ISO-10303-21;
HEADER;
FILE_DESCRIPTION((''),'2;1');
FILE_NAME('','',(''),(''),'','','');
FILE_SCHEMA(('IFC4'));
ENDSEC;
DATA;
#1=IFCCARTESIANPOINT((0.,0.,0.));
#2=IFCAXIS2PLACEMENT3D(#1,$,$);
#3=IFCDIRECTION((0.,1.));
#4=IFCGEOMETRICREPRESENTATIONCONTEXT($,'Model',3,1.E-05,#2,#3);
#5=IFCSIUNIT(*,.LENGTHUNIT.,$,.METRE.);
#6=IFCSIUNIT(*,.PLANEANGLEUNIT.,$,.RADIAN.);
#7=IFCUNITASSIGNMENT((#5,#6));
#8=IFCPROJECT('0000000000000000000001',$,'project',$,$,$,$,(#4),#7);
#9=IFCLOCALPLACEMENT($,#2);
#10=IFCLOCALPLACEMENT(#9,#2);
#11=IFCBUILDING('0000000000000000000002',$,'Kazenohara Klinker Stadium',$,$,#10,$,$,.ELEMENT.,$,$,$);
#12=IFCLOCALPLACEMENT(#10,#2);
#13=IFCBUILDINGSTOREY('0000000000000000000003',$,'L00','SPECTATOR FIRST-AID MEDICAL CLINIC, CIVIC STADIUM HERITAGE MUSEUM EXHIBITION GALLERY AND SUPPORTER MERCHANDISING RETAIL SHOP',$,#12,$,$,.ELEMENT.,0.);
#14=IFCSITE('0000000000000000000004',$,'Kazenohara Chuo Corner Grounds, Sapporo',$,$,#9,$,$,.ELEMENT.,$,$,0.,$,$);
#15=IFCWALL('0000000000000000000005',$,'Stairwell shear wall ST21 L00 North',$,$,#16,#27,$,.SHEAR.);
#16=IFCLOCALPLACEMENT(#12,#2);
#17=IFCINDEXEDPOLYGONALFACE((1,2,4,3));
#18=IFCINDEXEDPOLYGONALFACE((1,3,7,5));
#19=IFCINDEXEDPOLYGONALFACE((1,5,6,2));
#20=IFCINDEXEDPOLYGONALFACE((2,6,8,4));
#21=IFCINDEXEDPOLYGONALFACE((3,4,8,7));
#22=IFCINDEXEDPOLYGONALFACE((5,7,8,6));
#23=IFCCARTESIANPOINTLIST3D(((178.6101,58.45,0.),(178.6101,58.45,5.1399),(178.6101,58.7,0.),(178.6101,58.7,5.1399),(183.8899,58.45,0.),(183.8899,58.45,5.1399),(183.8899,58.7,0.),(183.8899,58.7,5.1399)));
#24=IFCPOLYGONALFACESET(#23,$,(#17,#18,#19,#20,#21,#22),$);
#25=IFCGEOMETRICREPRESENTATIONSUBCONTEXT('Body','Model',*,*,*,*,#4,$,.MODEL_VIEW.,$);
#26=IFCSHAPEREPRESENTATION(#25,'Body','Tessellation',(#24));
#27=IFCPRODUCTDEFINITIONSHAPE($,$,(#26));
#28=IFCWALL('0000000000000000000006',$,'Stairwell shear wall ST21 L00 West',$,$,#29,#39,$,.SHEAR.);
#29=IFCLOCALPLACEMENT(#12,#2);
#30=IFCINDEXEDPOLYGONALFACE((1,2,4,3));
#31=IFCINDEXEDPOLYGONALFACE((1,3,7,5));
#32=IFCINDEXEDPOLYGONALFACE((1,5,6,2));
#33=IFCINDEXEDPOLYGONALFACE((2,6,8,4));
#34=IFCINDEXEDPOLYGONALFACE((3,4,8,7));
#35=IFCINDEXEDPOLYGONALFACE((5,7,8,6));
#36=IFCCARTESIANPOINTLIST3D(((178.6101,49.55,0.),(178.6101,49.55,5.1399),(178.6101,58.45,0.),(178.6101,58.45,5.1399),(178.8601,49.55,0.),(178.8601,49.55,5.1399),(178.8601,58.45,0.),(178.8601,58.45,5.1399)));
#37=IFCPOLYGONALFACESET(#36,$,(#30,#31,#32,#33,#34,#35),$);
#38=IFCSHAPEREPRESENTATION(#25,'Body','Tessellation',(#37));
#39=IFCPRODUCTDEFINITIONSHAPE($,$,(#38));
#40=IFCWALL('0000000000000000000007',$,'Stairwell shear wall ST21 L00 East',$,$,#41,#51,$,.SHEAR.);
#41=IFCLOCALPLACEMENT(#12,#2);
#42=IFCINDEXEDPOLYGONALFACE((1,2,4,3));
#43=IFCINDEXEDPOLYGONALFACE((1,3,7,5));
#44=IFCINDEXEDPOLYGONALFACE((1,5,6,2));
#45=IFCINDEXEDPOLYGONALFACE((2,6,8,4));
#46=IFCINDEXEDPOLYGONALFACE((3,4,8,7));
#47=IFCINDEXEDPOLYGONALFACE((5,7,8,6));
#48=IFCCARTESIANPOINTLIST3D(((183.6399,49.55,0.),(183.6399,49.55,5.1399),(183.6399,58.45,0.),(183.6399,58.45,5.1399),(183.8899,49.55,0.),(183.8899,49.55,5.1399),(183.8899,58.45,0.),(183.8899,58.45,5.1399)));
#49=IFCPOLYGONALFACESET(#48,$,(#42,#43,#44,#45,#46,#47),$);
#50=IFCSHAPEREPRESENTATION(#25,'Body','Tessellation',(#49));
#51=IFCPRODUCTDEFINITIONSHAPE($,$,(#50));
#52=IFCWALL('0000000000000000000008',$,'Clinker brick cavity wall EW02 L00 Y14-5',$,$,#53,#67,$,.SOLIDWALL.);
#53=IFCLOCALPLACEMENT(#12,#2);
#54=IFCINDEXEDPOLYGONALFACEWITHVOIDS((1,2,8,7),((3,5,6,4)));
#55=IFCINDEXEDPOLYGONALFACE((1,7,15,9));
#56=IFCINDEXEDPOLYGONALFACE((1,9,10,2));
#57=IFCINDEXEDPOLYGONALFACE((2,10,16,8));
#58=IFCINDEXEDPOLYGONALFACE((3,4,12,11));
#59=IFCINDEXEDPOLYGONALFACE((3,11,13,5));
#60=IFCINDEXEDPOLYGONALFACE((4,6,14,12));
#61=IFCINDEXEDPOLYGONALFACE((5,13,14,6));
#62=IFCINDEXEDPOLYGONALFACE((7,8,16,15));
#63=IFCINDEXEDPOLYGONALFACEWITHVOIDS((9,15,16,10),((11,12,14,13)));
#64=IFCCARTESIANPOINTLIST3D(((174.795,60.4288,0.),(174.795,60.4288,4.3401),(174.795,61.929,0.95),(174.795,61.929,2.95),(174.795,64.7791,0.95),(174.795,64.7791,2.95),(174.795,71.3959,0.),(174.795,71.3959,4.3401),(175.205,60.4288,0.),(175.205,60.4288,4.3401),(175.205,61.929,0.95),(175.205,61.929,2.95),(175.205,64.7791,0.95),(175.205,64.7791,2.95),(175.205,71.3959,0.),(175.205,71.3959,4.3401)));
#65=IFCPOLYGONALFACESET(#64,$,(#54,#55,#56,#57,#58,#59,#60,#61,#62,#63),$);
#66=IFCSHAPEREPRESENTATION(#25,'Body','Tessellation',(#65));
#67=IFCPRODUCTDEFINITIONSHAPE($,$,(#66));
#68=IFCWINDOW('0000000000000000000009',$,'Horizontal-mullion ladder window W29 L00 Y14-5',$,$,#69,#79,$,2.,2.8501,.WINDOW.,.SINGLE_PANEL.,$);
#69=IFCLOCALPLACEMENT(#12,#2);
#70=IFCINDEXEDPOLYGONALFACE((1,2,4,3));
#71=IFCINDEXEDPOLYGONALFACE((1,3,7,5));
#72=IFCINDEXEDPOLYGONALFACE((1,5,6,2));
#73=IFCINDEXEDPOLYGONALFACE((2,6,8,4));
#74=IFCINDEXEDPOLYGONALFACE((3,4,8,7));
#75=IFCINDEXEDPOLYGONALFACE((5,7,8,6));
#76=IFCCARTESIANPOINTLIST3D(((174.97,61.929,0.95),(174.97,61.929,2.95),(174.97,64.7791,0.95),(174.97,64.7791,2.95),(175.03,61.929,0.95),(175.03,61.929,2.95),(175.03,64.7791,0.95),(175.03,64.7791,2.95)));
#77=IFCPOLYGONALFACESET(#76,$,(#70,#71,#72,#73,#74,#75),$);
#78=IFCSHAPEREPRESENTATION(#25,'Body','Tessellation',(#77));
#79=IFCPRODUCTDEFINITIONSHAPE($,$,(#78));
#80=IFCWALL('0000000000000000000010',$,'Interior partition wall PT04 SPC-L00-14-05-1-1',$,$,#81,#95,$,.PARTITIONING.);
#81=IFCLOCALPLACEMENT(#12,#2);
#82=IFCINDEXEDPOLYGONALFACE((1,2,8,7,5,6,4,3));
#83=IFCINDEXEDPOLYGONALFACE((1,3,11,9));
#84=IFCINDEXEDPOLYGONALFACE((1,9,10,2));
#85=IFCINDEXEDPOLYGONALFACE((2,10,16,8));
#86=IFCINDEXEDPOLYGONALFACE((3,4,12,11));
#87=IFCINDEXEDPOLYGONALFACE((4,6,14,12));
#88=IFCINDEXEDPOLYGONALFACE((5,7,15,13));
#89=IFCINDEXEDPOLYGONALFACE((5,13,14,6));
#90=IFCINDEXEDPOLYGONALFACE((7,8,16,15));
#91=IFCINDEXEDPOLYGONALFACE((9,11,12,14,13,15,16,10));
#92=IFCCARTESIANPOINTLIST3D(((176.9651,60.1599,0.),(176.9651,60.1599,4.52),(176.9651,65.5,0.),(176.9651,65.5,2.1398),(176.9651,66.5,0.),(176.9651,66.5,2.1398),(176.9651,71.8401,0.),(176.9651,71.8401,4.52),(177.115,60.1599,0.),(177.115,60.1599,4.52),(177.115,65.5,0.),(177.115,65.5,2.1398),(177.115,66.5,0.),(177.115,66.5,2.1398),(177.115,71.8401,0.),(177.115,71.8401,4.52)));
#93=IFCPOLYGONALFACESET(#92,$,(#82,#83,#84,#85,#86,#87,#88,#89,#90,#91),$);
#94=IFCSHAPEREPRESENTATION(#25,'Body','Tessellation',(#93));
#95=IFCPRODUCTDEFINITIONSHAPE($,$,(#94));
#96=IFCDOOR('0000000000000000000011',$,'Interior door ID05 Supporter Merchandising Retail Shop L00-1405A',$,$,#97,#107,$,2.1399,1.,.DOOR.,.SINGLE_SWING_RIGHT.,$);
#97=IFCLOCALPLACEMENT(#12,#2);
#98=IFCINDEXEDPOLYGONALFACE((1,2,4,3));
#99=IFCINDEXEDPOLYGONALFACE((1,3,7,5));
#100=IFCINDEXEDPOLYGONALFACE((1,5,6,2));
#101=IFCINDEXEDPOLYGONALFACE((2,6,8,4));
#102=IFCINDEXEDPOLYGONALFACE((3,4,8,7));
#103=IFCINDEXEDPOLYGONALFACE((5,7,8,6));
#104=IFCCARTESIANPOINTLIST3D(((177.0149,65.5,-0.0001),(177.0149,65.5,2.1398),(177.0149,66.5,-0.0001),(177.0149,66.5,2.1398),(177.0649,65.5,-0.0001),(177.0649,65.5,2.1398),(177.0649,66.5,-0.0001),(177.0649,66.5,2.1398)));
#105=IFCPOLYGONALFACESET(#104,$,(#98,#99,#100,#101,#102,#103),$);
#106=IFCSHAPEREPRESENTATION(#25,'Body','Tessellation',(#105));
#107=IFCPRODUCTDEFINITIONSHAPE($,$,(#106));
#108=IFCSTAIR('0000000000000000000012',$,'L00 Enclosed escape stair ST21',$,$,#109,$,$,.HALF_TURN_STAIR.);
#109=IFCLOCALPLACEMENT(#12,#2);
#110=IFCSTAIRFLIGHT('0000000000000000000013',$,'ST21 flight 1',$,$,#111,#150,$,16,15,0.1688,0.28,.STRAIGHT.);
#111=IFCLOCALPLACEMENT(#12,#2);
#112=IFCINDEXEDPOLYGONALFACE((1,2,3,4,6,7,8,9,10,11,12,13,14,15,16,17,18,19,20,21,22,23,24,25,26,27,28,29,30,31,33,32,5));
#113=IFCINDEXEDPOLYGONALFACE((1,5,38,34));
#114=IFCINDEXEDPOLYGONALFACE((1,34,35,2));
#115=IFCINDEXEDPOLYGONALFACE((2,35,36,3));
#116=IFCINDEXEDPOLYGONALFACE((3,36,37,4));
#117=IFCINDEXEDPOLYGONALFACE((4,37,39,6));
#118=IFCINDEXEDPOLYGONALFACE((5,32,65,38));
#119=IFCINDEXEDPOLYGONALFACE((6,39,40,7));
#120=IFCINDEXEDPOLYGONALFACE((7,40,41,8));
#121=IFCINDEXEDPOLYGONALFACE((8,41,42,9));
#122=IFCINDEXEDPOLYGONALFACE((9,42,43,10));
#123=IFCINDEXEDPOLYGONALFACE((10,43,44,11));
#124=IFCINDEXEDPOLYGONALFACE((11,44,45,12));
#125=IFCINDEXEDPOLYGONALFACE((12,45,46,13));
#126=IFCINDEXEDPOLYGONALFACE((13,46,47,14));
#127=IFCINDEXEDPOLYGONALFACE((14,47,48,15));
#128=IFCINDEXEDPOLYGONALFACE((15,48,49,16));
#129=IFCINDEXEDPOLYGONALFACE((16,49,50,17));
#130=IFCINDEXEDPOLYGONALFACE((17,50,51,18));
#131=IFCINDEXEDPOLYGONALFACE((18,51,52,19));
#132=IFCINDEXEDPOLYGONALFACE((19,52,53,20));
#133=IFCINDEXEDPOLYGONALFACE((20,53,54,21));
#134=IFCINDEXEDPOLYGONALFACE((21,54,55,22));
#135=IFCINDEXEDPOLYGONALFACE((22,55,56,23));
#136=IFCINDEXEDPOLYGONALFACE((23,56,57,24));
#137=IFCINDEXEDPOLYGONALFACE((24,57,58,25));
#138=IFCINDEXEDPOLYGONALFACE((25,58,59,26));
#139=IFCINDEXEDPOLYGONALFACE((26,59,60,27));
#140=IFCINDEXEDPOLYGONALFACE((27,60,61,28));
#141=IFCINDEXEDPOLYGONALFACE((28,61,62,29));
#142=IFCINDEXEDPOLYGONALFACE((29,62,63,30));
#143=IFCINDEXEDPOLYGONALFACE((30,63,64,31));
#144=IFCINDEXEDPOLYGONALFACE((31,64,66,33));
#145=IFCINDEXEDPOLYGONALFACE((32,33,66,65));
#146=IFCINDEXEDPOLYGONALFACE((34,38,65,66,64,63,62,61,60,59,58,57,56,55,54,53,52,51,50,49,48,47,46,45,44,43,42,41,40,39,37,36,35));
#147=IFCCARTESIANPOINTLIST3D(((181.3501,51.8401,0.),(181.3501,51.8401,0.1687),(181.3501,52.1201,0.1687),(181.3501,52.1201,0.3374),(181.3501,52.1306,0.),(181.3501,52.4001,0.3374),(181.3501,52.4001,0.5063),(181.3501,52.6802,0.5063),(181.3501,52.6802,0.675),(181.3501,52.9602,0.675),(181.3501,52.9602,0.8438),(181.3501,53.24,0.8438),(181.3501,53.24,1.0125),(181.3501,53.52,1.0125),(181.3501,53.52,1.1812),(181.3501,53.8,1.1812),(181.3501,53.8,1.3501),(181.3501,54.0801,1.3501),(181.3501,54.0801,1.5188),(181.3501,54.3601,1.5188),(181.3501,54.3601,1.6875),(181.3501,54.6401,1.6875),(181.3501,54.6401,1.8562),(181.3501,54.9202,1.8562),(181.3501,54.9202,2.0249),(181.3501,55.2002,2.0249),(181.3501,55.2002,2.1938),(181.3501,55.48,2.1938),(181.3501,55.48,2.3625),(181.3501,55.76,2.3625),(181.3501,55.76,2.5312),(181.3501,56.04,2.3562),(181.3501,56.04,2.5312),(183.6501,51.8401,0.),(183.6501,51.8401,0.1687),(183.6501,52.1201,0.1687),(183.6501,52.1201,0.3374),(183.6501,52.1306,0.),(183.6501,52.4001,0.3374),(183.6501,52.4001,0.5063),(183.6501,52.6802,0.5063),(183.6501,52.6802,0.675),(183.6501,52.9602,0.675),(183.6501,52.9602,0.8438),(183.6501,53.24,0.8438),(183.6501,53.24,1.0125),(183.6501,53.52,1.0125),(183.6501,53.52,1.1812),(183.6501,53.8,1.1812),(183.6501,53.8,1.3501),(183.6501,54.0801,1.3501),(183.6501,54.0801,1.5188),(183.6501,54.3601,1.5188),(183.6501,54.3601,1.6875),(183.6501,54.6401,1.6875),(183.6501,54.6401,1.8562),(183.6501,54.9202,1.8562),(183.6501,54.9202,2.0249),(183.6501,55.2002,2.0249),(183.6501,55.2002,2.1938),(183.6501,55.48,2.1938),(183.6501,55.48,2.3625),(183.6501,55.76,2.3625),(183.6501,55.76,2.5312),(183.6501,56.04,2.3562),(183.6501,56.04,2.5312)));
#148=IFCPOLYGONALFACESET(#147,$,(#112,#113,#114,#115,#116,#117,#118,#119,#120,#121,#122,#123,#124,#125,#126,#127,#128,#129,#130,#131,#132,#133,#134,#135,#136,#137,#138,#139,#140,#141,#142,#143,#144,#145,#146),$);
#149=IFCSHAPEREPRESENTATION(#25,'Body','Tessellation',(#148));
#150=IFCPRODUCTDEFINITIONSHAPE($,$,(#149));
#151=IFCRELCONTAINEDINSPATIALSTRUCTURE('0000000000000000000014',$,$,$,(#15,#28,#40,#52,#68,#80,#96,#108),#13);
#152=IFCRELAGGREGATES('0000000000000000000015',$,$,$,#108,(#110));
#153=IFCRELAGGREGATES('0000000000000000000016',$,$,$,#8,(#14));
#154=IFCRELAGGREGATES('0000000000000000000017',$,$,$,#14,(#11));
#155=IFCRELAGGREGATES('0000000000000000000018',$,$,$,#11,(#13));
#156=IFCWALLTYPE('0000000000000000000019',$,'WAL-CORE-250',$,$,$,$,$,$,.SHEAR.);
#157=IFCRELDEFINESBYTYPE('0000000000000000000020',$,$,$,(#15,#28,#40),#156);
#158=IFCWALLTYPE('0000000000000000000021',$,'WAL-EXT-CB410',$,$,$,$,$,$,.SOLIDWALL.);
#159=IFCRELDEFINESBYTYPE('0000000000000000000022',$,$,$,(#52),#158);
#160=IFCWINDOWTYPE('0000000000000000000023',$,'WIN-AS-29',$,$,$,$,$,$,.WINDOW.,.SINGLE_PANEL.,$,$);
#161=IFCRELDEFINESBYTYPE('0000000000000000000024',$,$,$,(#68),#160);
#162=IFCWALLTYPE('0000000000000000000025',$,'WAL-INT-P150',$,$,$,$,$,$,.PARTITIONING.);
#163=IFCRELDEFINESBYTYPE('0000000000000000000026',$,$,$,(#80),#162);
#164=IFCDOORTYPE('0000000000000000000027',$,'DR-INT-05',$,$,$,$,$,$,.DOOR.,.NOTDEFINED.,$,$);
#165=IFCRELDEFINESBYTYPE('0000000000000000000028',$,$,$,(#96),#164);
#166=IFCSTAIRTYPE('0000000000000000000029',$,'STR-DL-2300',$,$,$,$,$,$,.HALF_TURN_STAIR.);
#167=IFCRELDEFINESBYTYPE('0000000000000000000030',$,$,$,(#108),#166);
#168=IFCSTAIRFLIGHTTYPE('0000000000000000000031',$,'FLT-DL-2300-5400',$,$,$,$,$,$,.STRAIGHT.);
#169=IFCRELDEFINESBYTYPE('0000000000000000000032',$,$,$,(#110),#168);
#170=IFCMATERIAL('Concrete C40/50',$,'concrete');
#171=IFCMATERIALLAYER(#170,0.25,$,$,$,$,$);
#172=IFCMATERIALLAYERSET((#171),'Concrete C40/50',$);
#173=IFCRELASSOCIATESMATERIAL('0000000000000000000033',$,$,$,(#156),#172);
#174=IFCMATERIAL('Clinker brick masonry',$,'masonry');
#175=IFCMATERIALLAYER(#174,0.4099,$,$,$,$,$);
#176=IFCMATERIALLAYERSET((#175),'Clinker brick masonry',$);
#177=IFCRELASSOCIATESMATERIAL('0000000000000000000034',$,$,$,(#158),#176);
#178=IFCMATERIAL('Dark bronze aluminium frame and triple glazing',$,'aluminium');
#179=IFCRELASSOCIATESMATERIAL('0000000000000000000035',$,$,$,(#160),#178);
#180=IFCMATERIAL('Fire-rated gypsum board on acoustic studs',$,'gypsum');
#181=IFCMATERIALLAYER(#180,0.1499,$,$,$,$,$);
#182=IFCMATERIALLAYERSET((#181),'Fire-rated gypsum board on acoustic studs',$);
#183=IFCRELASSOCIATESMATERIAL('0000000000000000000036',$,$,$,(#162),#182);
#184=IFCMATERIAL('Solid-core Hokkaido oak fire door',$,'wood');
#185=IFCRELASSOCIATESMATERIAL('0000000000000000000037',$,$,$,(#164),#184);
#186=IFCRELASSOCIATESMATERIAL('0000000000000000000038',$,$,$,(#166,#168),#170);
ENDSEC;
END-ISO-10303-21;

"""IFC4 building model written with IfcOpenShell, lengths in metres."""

from ifc_helpers import new_model, si_unit, direction, frame, frame_2d, origin, place, context, subcontext, project, spatial, polyline, rectangle, outline, extrude, material, layer, layer_set, type_object, element, fill, aggregate, save


model = new_model("IFC4")

# Units and contexts
model_context = context("Model", 3, precision=1e-05, world=origin(), true_north=direction((0.0, 1.0)))
body_context = subcontext(model_context, "Body", "Model", "MODEL_VIEW")
ifc_project = project(units=[si_unit("LENGTHUNIT", "METRE"), si_unit("PLANEANGLEUNIT", "RADIAN")], contexts=[model_context])

# Site, building, storey
site_placement = place(None, origin())
site = spatial("IfcSite", under=ifc_project, at=site_placement, Name="Kazenohara Chuo Corner Grounds, Sapporo", CompositionType="ELEMENT", RefElevation=0.0)
building_placement = place(site_placement, origin())
building = spatial("IfcBuilding", under=site, at=building_placement, Name="Kazenohara Klinker Stadium", CompositionType="ELEMENT")
storey_placement = place(building_placement, origin())
storey = spatial("IfcBuildingStorey", under=building, at=storey_placement, Name="L00", Description="SPECTATOR FIRST-AID MEDICAL CLINIC, CIVIC STADIUM HERITAGE MUSEUM EXHIBITION GALLERY AND SUPPORTER MERCHANDISING RETAIL SHOP", CompositionType="ELEMENT", Elevation=0.0)

# Shared definitions
ifc_material_1 = material(Name="Concrete C40/50", Category="concrete")

# Shared definitions
ifc_layer_1 = layer(ifc_material_1, 0.25)
ifc_layer_set_1 = layer_set([ifc_layer_1], Name="Concrete C40/50")
wall_type_1 = type_object("IfcWallType", Name="WAL-CORE-250", PredefinedType="SHEAR", material=ifc_layer_set_1)

# Walls
wall_1_placement = place(storey_placement, frame((178.6101, 58.575, 0.0), z_axis=(0.0, 0.0, 1.0), x_axis=(1.0, 0.0, 0.0)))
element("IfcWall", 1, at=wall_1_placement, inside=storey, type_object=wall_type_1, Name="Stairwell shear wall ST21 L00 North", PredefinedType="SHEAR", context=body_context, shape_type="SweptSolid", body=[
    extrude(rectangle(XDim=5.2798, YDim=0.25, at=frame_2d((2.6399, 0.0))), origin(), (0.0, 0.0, 1.0), 5.1399),
])
for number, where, z_axis, x_axis, name in (
    (2, (178.7351, 49.55, 0.0), (0.0, 0.0, 1.0), (0.0, 1.0, 0.0), "Stairwell shear wall ST21 L00 West"),
    (3, (183.7649, 49.55, 0.0), (0.0, 0.0, 1.0), (0.0, 1.0, 0.0), "Stairwell shear wall ST21 L00 East"),
):
    element("IfcWall", number, at=place(storey_placement, frame(where, z_axis=z_axis, x_axis=x_axis)), inside=storey, type_object=wall_type_1, Name=name, PredefinedType="SHEAR", context=body_context, shape_type="SweptSolid", body=[
        extrude(rectangle(XDim=8.8999, YDim=0.25, at=frame_2d((4.45, 0.0))), origin(), (0.0, 0.0, 1.0), 5.1399),
    ])

# Wall, opening, window
ifc_material_2 = material(Name="Clinker brick masonry", Category="masonry")
ifc_layer_2 = layer(ifc_material_2, 0.4099)
ifc_layer_set_2 = layer_set([ifc_layer_2], Name="Clinker brick masonry")
wall_type_2 = type_object("IfcWallType", Name="WAL-EXT-CB410", PredefinedType="SOLIDWALL", material=ifc_layer_set_2)
wall_2_placement = place(storey_placement, frame((175.0, 60.429, 0.0), z_axis=(0.0, 0.0, 1.0), x_axis=(0.0, 1.0, 0.0)))
wall_2 = element("IfcWall", 4, at=wall_2_placement, inside=storey, type_object=wall_type_2, Name="Clinker brick cavity wall EW02 L00 Y14-5", PredefinedType="SOLIDWALL", context=body_context, shape_type="SweptSolid", body=[
    extrude(rectangle(XDim=10.967, YDim=0.4099, at=frame_2d((5.4834, 0.0))), origin(), (0.0, 0.0, 1.0), 4.3401),
])
opening_1_placement = place(wall_2_placement, frame((1.5, 0.0, 0.95)))
opening_1 = element("IfcOpeningElement", 5, at=opening_1_placement, cuts=wall_2, PredefinedType="OPENING", context=body_context, shape_type="SweptSolid", body=[
    extrude(rectangle(XDim=2.8501, YDim=2.0, at=frame_2d((1.425, 1.0))), frame((0.0, 0.2148, 0.0), z_axis=(0.0, -1.0, 0.0), x_axis=(1.0, 0.0, 0.0)), (0.0, 0.0, 1.0), 0.4299),
])
ifc_material_3 = material(Name="Dark bronze aluminium frame and triple glazing", Category="aluminium")
window_type = type_object("IfcWindowType", Name="WIN-AS-29", PartitioningType="SINGLE_PANEL", PredefinedType="WINDOW", material=ifc_material_3)
window_placement = place(opening_1_placement, origin())
window = element("IfcWindow", 6, at=window_placement, inside=storey, type_object=window_type, Name="Horizontal-mullion ladder window W29 L00 Y14-5", OverallHeight=2.0, OverallWidth=2.8501, PartitioningType="SINGLE_PANEL", PredefinedType="WINDOW", context=body_context, shape_type="SweptSolid", body=[
    extrude(rectangle(XDim=2.8501, YDim=2.0, at=frame_2d((1.425, 1.0))), frame((0.0, 0.03, 0.0), z_axis=(0.0, -1.0, 0.0), x_axis=(1.0, 0.0, 0.0)), (0.0, 0.0, 1.0), 0.0601),
])
fill(opening_1, window)

# Wall, opening, door
ifc_material_4 = material(Name="Fire-rated gypsum board on acoustic studs", Category="gypsum")
ifc_layer_3 = layer(ifc_material_4, 0.1499)
ifc_layer_set_3 = layer_set([ifc_layer_3], Name="Fire-rated gypsum board on acoustic studs")
wall_type_3 = type_object("IfcWallType", Name="WAL-INT-P150", PredefinedType="PARTITIONING", material=ifc_layer_set_3)
wall_3_placement = place(storey_placement, frame((177.04, 60.1599, 0.0), z_axis=(0.0, 0.0, 1.0), x_axis=(0.0, 1.0, 0.0)))
wall_3 = element("IfcWall", 7, at=wall_3_placement, inside=storey, type_object=wall_type_3, Name="Interior partition wall PT04 SPC-L00-14-05-1-1", PredefinedType="PARTITIONING", context=body_context, shape_type="SweptSolid", body=[
    extrude(rectangle(XDim=11.6802, YDim=0.1499, at=frame_2d((5.8401, 0.0))), origin(), (0.0, 0.0, 1.0), 4.52),
])
opening_2_placement = place(wall_3_placement, frame((6.3401, 0.0, 0.0), z_axis=(0.0, 0.0, 1.0), x_axis=(-1.0, 0.0, 0.0)))
opening_2 = element("IfcOpeningElement", 8, at=opening_2_placement, cuts=wall_3, PredefinedType="OPENING", context=body_context, shape_type="SweptSolid", body=[
    extrude(rectangle(XDim=1.0, YDim=2.1399, at=frame_2d((0.5, 1.0698))), frame((0.0, 0.085, 0.0), z_axis=(0.0, -1.0, 0.0), x_axis=(1.0, 0.0, 0.0)), (0.0, 0.0, 1.0), 0.1699),
])
ifc_material_5 = material(Name="Solid-core Hokkaido oak fire door", Category="wood")
door_type_1 = type_object("IfcDoorType", Name="DR-INT-05", OperationType="NOTDEFINED", PredefinedType="DOOR", material=ifc_material_5)
door_1_placement = place(opening_2_placement, origin())
door_1 = element("IfcDoor", 9, at=door_1_placement, inside=storey, type_object=door_type_1, Name="Interior door ID05 Supporter Merchandising Retail Shop L00-1405A", OperationType="SINGLE_SWING_RIGHT", OverallHeight=2.1399, OverallWidth=1.0, PredefinedType="DOOR", context=body_context, shape_type="SweptSolid", body=[
    extrude(rectangle(XDim=1.0, YDim=2.1399, at=frame_2d((0.5, 1.0698))), frame((0.0, 0.0249, 0.0), z_axis=(0.0, -1.0, 0.0), x_axis=(1.0, 0.0, 0.0)), (0.0, 0.0, 1.0), 0.05),
])
fill(opening_2, door_1)

# Stair, stair flight
stair_type = type_object("IfcStairType", Name="STR-DL-2300", PredefinedType="HALF_TURN_STAIR", material=ifc_material_1)
stair_placement = place(storey_placement, origin())
stair = element("IfcStair", 10, at=stair_placement, inside=storey, type_object=stair_type, Name="L00 Enclosed escape stair ST21", PredefinedType="HALF_TURN_STAIR")
stair_flight_type = type_object("IfcStairFlightType", Name="FLT-DL-2300-5400", PredefinedType="STRAIGHT", material=ifc_material_1)
stair_flight_1_placement = place(storey_placement, frame((182.5, 51.8401, 0.0), z_axis=(0.0, 0.0, 1.0), x_axis=(0.0, 1.0, 0.0)))
stair_flight_1 = element("IfcStairFlight", 11, at=stair_flight_1_placement, type_object=stair_flight_type, Name="ST21 flight 1", NumberOfRisers=16, NumberOfTreads=15, PredefinedType="STRAIGHT", RiserHeight=0.1688, TreadLength=0.28, context=body_context, shape_type="SweptSolid", body=[
    extrude(outline(polyline([(0.0, 0.0), (0.0, 0.1687), (0.28, 0.1687), (0.28, 0.3374), (0.5601, 0.3374), (0.5601, 0.5063), (0.8401, 0.5063), (0.8401, 0.675), (1.1201, 0.675), (1.1201, 0.8438), (1.3999, 0.8438), (1.3999, 1.0125), (1.6799, 1.0125), (1.6799, 1.1812), (1.96, 1.1812), (1.96, 1.3501), (2.24, 1.3501), (2.24, 1.5188), (2.52, 1.5188), (2.52, 1.6875), (2.8, 1.6875), (2.8, 1.8562), (3.0801, 1.8562), (3.0801, 2.0249), (3.3601, 2.0249), (3.3601, 2.1938), (3.6399, 2.1938), (3.6399, 2.3625), (3.9199, 2.3625), (3.9199, 2.5312), (4.2, 2.5312), (4.2, 2.7), (4.2, 2.3562), (0.2905, 0.0), (0.0, 0.0)])), frame((0.0, 1.1499, 0.0), z_axis=(0.0, -1.0, 0.0), x_axis=(1.0, 0.0, 0.0)), (0.0, 0.0, 1.0), 2.3),
])
aggregate(stair, [stair_flight_1])

save(model, "model.ifc")
